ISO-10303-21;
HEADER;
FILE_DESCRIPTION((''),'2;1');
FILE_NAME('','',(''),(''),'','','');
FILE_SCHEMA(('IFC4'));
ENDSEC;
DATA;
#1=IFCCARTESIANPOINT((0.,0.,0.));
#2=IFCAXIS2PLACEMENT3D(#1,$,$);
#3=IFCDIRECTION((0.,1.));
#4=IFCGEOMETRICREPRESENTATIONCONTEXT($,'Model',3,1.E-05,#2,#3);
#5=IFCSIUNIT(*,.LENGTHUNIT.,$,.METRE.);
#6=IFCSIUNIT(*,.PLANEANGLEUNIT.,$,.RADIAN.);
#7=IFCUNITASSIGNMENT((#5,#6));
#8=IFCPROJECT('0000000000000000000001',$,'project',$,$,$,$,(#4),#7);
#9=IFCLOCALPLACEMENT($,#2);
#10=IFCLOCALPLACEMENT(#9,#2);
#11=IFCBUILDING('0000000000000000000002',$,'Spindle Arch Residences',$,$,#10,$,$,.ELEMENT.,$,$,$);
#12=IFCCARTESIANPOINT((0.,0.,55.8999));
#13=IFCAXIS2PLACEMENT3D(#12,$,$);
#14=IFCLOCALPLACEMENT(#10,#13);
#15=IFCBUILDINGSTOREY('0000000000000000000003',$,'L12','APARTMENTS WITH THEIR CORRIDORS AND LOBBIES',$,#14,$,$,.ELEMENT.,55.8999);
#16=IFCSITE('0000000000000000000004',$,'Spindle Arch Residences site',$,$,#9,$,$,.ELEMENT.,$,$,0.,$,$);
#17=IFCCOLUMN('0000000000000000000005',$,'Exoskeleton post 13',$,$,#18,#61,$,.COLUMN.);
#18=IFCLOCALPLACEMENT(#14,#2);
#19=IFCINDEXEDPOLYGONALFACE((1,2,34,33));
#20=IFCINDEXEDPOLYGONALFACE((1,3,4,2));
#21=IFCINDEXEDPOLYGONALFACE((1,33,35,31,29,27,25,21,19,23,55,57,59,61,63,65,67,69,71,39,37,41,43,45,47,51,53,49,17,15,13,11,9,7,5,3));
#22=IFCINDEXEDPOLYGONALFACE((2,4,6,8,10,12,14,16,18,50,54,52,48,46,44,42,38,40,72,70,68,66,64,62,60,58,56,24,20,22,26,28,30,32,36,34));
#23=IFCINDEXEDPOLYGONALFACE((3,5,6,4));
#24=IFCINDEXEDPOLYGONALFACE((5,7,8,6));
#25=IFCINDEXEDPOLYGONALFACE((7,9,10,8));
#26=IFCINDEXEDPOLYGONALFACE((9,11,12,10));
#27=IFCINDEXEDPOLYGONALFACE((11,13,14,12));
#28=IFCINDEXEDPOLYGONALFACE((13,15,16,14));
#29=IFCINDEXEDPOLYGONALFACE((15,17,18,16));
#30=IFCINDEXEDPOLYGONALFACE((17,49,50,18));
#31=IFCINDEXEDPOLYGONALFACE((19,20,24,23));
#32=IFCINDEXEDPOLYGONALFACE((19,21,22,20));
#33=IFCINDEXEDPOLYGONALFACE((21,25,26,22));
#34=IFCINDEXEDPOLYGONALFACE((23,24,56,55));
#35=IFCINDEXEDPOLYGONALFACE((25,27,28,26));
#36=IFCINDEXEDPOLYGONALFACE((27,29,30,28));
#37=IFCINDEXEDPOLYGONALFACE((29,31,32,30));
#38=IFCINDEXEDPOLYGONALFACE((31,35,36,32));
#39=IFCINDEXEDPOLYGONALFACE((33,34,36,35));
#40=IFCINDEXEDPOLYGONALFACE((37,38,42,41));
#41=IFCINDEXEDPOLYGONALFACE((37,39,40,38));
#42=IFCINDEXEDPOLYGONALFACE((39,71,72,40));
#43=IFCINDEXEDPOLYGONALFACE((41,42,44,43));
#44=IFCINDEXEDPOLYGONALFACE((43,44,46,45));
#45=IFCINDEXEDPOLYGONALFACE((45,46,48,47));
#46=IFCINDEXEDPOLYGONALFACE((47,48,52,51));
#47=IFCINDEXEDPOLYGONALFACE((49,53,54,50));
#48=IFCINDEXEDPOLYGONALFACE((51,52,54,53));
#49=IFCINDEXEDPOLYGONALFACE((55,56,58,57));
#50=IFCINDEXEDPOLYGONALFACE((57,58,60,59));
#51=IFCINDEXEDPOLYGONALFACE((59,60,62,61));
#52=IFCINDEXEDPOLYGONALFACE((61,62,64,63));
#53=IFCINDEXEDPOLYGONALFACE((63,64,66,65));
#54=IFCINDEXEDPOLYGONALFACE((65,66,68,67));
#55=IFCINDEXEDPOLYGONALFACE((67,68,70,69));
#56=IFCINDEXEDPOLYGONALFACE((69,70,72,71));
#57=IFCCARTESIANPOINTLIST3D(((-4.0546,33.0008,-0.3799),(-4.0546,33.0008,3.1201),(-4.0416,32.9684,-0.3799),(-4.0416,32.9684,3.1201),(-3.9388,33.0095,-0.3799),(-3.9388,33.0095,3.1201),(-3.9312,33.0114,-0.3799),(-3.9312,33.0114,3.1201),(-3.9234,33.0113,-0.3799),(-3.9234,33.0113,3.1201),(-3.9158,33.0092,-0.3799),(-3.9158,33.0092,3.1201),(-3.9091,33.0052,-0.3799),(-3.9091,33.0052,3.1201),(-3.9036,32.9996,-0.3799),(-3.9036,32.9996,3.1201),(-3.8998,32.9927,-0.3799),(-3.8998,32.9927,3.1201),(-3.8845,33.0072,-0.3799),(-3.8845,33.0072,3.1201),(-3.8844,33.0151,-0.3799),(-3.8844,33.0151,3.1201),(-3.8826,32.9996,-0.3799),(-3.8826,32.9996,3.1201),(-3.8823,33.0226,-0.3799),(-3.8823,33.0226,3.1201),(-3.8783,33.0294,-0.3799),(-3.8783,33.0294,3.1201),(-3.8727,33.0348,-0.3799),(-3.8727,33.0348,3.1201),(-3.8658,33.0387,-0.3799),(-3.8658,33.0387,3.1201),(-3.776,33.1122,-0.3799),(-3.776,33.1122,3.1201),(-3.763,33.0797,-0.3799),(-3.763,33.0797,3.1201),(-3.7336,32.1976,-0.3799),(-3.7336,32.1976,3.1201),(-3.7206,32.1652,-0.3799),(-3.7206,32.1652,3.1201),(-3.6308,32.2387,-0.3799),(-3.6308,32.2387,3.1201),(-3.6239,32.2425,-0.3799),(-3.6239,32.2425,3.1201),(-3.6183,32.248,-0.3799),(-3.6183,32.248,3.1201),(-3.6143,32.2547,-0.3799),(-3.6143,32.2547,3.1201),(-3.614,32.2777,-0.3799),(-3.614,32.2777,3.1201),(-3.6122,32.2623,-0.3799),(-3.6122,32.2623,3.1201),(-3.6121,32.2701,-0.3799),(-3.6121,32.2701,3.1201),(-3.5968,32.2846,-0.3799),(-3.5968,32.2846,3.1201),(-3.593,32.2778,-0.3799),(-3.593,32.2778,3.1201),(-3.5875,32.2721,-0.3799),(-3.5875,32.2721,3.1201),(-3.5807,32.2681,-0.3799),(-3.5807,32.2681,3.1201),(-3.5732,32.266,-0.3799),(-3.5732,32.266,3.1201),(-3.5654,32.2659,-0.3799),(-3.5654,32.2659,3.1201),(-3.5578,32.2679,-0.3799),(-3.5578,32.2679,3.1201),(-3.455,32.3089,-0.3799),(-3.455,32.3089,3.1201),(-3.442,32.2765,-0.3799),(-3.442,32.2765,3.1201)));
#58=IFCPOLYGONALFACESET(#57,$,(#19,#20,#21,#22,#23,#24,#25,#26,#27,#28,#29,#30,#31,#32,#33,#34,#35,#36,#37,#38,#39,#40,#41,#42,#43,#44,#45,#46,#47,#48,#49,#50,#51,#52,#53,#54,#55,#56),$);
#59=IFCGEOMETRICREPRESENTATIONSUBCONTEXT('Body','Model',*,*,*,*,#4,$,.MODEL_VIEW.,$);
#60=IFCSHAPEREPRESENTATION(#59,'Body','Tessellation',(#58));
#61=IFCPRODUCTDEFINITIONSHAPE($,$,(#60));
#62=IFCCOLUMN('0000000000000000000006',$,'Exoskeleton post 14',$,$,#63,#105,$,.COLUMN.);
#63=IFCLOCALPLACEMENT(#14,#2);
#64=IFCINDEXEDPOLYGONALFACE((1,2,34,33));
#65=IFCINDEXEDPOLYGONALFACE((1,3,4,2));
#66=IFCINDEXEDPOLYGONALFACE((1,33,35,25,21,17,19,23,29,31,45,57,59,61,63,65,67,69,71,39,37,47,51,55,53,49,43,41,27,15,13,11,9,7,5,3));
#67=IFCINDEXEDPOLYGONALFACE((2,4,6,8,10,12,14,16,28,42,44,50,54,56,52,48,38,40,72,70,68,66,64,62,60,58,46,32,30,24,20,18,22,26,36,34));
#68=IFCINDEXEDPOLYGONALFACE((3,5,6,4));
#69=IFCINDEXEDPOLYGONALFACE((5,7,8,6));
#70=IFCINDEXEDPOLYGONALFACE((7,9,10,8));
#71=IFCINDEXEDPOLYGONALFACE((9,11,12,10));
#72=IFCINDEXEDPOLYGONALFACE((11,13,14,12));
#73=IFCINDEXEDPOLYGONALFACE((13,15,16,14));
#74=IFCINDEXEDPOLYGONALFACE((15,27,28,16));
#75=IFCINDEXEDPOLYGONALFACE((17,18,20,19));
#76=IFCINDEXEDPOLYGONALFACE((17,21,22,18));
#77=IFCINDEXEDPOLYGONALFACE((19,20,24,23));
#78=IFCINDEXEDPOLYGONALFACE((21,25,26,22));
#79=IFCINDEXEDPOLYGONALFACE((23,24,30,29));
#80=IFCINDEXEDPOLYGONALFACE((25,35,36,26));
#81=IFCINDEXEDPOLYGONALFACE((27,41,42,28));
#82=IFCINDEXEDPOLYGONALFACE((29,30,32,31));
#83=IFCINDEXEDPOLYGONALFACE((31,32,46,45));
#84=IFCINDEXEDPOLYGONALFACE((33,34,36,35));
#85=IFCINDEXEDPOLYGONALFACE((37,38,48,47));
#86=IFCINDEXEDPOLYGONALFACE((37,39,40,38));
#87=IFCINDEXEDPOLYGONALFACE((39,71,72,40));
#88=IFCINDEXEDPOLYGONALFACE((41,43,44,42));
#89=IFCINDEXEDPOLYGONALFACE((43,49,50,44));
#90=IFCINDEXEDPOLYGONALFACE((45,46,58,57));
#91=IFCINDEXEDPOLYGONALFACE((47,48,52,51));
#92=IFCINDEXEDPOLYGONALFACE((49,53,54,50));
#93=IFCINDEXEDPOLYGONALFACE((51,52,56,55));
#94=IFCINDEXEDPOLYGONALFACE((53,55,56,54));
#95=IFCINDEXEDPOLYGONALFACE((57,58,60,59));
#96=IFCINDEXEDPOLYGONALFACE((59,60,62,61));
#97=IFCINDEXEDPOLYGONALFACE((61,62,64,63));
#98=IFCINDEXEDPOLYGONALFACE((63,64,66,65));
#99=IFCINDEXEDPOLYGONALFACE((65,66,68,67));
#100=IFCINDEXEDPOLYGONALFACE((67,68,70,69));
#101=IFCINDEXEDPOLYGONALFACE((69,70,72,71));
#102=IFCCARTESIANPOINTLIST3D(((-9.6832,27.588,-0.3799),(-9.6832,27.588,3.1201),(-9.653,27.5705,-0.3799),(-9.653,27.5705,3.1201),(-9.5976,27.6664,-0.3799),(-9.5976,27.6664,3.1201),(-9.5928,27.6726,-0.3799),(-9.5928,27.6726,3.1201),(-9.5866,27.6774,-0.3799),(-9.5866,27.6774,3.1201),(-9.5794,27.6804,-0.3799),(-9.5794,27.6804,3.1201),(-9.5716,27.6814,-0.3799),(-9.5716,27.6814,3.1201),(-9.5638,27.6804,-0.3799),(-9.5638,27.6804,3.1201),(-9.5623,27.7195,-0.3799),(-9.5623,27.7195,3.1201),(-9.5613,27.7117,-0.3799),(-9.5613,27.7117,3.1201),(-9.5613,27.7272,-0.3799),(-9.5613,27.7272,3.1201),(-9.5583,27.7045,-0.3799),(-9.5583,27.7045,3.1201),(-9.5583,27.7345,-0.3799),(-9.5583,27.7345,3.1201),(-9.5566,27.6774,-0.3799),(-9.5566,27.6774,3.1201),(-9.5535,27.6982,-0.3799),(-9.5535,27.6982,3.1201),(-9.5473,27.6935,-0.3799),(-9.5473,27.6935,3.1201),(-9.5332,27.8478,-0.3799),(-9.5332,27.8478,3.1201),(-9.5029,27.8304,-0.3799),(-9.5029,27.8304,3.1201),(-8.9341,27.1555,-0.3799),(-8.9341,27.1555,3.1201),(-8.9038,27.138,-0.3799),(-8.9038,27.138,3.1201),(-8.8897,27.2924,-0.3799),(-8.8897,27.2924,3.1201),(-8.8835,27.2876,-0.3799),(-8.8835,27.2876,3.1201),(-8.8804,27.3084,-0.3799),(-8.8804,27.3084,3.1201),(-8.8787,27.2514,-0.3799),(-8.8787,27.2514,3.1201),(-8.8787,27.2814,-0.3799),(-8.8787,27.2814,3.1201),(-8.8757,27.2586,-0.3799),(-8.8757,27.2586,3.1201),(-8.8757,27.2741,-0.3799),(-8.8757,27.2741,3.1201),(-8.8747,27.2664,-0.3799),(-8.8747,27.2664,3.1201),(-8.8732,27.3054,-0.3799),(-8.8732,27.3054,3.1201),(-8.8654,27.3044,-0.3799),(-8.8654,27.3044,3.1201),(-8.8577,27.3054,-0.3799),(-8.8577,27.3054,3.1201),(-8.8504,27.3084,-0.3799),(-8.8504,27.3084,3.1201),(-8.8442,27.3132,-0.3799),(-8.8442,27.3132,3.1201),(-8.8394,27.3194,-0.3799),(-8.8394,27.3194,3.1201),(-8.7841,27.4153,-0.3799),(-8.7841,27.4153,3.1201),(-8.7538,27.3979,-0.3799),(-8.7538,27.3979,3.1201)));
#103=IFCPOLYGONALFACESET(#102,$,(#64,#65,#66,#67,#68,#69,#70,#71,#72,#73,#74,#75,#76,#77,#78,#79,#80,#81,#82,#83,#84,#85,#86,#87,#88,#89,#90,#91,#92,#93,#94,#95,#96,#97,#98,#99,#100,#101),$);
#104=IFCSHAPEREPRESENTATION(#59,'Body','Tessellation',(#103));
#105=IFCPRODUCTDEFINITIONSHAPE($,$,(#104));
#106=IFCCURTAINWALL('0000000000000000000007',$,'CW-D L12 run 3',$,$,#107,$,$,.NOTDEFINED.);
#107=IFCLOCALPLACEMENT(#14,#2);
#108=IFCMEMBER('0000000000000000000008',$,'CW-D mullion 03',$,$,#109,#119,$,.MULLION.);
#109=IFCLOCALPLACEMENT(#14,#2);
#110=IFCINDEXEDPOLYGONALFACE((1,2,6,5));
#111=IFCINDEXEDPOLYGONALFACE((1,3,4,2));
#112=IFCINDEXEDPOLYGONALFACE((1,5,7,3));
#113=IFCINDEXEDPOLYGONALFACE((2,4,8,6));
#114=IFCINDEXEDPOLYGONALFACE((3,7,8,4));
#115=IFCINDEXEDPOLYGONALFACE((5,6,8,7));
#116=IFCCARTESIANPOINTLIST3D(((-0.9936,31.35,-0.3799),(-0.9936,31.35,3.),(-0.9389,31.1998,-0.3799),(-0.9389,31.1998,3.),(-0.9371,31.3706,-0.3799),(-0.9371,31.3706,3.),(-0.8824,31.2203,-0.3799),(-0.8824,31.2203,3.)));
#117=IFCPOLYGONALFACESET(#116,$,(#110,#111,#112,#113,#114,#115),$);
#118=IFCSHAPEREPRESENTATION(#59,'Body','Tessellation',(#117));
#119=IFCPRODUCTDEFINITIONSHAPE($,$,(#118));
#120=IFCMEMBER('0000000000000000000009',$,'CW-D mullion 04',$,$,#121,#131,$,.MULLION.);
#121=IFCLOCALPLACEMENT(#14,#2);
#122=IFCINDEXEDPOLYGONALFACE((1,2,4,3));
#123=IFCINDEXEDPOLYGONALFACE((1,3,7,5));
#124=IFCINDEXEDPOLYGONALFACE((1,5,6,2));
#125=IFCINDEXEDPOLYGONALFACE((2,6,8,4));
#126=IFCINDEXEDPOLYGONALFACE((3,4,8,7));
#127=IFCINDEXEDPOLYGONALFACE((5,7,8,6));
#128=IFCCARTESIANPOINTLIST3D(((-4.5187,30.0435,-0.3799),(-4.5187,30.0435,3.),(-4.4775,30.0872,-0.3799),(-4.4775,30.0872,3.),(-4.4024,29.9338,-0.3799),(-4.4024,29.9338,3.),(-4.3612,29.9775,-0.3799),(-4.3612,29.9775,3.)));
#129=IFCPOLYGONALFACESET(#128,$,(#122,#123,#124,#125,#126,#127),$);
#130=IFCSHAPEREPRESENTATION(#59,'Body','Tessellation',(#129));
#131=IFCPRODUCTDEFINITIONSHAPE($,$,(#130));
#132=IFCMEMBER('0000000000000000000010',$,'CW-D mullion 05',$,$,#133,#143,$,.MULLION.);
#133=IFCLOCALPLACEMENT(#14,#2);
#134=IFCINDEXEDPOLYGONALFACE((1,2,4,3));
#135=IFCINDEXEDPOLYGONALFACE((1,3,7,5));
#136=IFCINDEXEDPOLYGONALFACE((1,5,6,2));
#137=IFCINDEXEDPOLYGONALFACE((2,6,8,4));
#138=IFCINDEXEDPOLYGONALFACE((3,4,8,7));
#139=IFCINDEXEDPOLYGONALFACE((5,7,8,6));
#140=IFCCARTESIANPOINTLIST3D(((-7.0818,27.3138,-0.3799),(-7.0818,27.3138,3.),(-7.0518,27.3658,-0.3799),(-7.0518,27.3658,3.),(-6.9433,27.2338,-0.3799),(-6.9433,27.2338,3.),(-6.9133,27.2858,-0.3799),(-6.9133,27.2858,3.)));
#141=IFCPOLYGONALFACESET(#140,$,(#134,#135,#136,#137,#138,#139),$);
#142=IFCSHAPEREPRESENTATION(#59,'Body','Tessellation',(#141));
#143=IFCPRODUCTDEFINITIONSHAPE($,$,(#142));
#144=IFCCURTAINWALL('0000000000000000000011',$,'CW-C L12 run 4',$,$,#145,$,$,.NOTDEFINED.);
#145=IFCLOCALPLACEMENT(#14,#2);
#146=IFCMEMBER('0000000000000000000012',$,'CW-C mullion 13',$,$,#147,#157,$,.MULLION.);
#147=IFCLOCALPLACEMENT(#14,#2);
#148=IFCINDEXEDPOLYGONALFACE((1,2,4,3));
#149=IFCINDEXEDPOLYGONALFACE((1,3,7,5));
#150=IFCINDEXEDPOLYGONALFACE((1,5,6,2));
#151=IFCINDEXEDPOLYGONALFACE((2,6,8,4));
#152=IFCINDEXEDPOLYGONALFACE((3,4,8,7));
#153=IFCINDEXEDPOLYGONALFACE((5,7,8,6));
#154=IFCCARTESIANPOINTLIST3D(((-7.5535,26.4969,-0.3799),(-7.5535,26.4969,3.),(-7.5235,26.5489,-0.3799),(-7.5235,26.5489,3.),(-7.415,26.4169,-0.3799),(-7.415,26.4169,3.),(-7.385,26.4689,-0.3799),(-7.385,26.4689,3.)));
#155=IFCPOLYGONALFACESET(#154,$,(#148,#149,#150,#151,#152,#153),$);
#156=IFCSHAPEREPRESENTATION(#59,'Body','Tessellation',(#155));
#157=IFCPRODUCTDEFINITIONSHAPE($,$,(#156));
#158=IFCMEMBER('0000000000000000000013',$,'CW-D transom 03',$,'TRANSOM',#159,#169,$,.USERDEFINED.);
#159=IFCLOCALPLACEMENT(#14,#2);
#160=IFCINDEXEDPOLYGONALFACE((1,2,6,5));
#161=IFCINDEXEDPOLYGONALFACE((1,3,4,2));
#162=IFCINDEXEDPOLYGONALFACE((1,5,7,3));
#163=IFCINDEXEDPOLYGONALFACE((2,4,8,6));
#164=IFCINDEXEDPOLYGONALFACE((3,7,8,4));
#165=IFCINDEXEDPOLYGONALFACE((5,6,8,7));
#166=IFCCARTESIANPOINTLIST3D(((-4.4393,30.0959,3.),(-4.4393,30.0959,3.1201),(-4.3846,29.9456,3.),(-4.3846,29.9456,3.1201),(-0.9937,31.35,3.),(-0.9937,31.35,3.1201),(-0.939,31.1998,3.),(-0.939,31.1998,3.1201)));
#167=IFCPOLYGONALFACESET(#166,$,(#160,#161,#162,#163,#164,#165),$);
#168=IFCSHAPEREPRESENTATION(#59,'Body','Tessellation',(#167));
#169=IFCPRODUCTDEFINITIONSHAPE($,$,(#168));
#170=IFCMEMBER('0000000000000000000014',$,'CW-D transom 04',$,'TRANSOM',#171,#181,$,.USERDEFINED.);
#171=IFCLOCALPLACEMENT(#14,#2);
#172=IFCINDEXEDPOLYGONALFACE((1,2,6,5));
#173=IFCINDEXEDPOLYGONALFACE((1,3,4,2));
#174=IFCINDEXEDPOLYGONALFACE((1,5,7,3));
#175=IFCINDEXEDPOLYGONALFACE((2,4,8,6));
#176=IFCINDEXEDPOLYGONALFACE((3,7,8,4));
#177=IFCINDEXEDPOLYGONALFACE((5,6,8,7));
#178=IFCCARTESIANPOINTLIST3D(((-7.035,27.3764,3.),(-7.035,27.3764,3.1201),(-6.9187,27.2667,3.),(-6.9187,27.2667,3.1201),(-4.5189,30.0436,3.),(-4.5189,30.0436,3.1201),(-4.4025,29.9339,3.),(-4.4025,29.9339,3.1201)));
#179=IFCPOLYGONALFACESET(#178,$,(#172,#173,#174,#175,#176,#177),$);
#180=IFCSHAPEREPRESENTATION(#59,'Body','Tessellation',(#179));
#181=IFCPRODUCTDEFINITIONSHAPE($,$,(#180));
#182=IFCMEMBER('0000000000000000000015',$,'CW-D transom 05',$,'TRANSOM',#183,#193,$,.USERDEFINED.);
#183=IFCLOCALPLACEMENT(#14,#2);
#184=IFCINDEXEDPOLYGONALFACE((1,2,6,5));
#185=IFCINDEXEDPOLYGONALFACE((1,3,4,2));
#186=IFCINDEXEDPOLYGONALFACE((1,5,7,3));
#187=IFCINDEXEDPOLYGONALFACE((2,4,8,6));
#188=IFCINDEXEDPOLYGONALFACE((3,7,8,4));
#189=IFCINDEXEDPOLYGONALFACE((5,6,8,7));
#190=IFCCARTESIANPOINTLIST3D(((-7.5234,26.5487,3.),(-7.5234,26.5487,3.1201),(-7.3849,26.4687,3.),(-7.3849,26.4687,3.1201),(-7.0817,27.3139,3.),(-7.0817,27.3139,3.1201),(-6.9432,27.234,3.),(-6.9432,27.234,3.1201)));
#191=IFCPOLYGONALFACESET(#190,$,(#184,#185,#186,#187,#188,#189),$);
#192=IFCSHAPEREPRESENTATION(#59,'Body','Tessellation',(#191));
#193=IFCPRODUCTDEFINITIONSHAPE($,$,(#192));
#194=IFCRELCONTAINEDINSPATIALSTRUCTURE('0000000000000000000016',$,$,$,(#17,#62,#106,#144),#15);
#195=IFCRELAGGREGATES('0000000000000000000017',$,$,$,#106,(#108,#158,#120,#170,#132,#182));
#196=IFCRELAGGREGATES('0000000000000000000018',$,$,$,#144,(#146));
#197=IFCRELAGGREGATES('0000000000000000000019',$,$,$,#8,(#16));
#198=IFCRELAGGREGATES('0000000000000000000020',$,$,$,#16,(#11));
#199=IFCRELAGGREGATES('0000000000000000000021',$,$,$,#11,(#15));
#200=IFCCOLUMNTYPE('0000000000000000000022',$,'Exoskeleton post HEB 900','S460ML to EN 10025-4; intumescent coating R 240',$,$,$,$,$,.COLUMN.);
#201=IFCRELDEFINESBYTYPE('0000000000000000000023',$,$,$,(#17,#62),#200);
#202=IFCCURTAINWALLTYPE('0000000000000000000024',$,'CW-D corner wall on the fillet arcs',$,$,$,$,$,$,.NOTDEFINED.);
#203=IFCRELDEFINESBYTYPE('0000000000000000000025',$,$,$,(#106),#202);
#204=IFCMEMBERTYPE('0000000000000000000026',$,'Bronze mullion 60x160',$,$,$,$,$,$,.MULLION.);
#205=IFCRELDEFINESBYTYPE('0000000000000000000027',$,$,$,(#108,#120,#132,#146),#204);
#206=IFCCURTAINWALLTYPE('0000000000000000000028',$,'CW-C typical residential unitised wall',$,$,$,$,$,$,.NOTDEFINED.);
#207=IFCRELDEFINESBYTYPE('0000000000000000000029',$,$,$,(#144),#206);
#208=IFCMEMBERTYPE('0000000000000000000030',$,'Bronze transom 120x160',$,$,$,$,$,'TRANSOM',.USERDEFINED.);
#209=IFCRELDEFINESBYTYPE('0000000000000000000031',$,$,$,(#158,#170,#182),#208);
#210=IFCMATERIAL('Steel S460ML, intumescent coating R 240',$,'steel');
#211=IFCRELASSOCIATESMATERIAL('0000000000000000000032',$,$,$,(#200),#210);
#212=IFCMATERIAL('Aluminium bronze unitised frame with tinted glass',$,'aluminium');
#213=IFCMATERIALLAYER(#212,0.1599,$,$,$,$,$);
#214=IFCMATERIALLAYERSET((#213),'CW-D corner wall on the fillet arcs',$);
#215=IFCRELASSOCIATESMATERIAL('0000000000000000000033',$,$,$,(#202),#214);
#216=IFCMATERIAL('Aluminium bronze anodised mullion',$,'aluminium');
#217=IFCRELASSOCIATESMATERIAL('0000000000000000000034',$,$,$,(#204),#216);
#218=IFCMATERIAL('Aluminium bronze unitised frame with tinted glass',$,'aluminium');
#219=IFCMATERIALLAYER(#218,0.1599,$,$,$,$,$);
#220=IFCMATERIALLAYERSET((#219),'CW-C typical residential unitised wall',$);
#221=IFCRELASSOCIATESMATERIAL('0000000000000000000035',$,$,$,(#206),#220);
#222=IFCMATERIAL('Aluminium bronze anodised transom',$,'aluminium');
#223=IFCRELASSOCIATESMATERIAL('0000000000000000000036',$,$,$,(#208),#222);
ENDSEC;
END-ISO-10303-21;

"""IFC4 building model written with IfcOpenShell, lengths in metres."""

from ifc_helpers import new_model, si_unit, direction, frame, origin, origin_2d, place, context, subcontext, project, spatial, rectangle, i_section, extrude, material, layer, layer_set, material_profile, profile_set, type_object, element, aggregate, save


model = new_model("IFC4")

# Units and contexts
model_context = context("Model", 3, precision=1e-05, world=origin(), true_north=direction((0.0, 1.0)))
body_context = subcontext(model_context, "Body", "Model", "MODEL_VIEW")
ifc_project = project(units=[si_unit("LENGTHUNIT", "METRE"), si_unit("PLANEANGLEUNIT", "RADIAN")], contexts=[model_context])

# Site, building, storey
site_placement = place(None, origin())
site = spatial("IfcSite", under=ifc_project, at=site_placement, Name="Spindle Arch Residences site", CompositionType="ELEMENT", RefElevation=0.0)
building_placement = place(site_placement, origin())
building = spatial("IfcBuilding", under=site, at=building_placement, Name="Spindle Arch Residences", CompositionType="ELEMENT")
storey_placement = place(building_placement, frame((0.0, 0.0, 55.8999)))
storey = spatial("IfcBuildingStorey", under=building, at=storey_placement, Name="L12", Description="APARTMENTS WITH THEIR CORRIDORS AND LOBBIES", CompositionType="ELEMENT", Elevation=55.8999)

# Columns
ifc_material_1 = material(Name="Steel S460ML, intumescent coating R 240", Category="steel")
ifc_material_profile_1 = material_profile(ifc_material_1, i_section(OverallWidth=0.3, OverallDepth=0.8999, WebThickness=0.0186, FlangeThickness=0.0349, FilletRadius=0.03, at=origin_2d()), Name="HEB 900")
ifc_profile_set_1 = profile_set([ifc_material_profile_1], Name="Steel S460ML, intumescent coating R 240")
column_type = type_object("IfcColumnType", Name="Exoskeleton post HEB 900", Description="S460ML to EN 10025-4; intumescent coating R 240", PredefinedType="COLUMN", material=ifc_profile_set_1)
for number, where, z_axis, x_axis, name in (
    (1, (-3.7483, 32.6387, -0.3799), (0.0, 0.0, 1.0), (0.92859, 0.371108, 0.0), "Exoskeleton post 13"),
    (2, (-9.2185, 27.4929, -0.3799), (0.0, 0.0, 1.0), (0.5, 0.866025, 0.0), "Exoskeleton post 14"),
):
    element("IfcColumn", number, at=place(storey_placement, frame(where, z_axis=z_axis, x_axis=x_axis)), inside=storey, type_object=column_type, Name=name, PredefinedType="COLUMN", context=body_context, shape_type="SweptSolid", body=[
        extrude(i_section(OverallWidth=0.3, OverallDepth=0.8999, WebThickness=0.0186, FlangeThickness=0.0349, FilletRadius=0.03, at=origin_2d()), origin(), (0.0, 0.0, 1.0), 3.5),
    ])

# Curtain wall, members
ifc_material_2 = material(Name="Aluminium bronze unitised frame with tinted glass", Category="aluminium")
ifc_layer_1 = layer(ifc_material_2, 0.1599)
ifc_layer_set_1 = layer_set([ifc_layer_1], Name="CW-D corner wall on the fillet arcs")
curtain_wall_type_1 = type_object("IfcCurtainWallType", Name="CW-D corner wall on the fillet arcs", PredefinedType="NOTDEFINED", material=ifc_layer_set_1)
curtain_wall_1_placement = place(storey_placement, origin())
curtain_wall_1 = element("IfcCurtainWall", 3, at=curtain_wall_1_placement, inside=storey, type_object=curtain_wall_type_1, Name="CW-D L12 run 3", PredefinedType="NOTDEFINED")
ifc_material_3 = material(Name="Aluminium bronze anodised mullion", Category="aluminium")
ifc_material_profile_2 = material_profile(ifc_material_3, rectangle(XDim=0.1599, YDim=0.0601, at=origin_2d()), Name="MU 60x160")
ifc_profile_set_2 = profile_set([ifc_material_profile_2], Name="Aluminium bronze anodised mullion")
member_type_1 = type_object("IfcMemberType", Name="Bronze mullion 60x160", PredefinedType="MULLION", material=ifc_profile_set_2)
member_1_placement = place(storey_placement, frame((-0.938, 31.2852, -0.3799), z_axis=(0.0, 0.0, 1.0), x_axis=(0.34202, -0.939693, 0.0)))
member_1 = element("IfcMember", 4, at=member_1_placement, type_object=member_type_1, Name="CW-D mullion 03", PredefinedType="MULLION", context=body_context, shape_type="SweptSolid", body=[
    extrude(rectangle(XDim=0.1599, YDim=0.0601, at=origin_2d()), origin(), (0.0, 0.0, 1.0), 3.3799),
])
member_2_placement = place(storey_placement, frame((-4.4399, 30.0105, -0.3799), z_axis=(0.0, 0.0, 1.0), x_axis=(0.727374, -0.686242, 0.0)))
member_2 = element("IfcMember", 5, at=member_2_placement, type_object=member_type_1, Name="CW-D mullion 04", PredefinedType="MULLION", context=body_context, shape_type="SweptSolid", body=[
    extrude(rectangle(XDim=0.1599, YDim=0.0601, at=origin_2d()), origin(), (0.0, 0.0, 1.0), 3.3799),
])
member_3_placement = place(storey_placement, frame((-6.9976, 27.2998, -0.3799), z_axis=(0.0, 0.0, 1.0), x_axis=(0.866025, -0.5, 0.0)))
member_3 = element("IfcMember", 6, at=member_3_placement, type_object=member_type_1, Name="CW-D mullion 05", PredefinedType="MULLION", context=body_context, shape_type="SweptSolid", body=[
    extrude(rectangle(XDim=0.1599, YDim=0.0601, at=origin_2d()), origin(), (0.0, 0.0, 1.0), 3.3799),
])

# Curtain wall, member
ifc_material_4 = material(Name="Aluminium bronze unitised frame with tinted glass", Category="aluminium")
ifc_layer_2 = layer(ifc_material_4, 0.1599)
ifc_layer_set_2 = layer_set([ifc_layer_2], Name="CW-C typical residential unitised wall")
curtain_wall_type_2 = type_object("IfcCurtainWallType", Name="CW-C typical residential unitised wall", PredefinedType="NOTDEFINED", material=ifc_layer_set_2)
curtain_wall_2_placement = place(storey_placement, origin())
curtain_wall_2 = element("IfcCurtainWall", 7, at=curtain_wall_2_placement, inside=storey, type_object=curtain_wall_type_2, Name="CW-C L12 run 4", PredefinedType="NOTDEFINED")
member_4_placement = place(storey_placement, frame((-7.4692, 26.4829, -0.3799), z_axis=(0.0, 0.0, 1.0), x_axis=(0.866025, -0.5, 0.0)))
member_4 = element("IfcMember", 8, at=member_4_placement, type_object=member_type_1, Name="CW-C mullion 13", PredefinedType="MULLION", context=body_context, shape_type="SweptSolid", body=[
    extrude(rectangle(XDim=0.1599, YDim=0.0601, at=origin_2d()), origin(), (0.0, 0.0, 1.0), 3.3799),
])

# Members
ifc_material_5 = material(Name="Aluminium bronze anodised transom", Category="aluminium")
ifc_material_profile_3 = material_profile(ifc_material_5, rectangle(XDim=0.1599, YDim=0.1201, at=origin_2d()), Name="TR 120x160")
ifc_profile_set_3 = profile_set([ifc_material_profile_3], Name="Aluminium bronze anodised transom")
member_type_2 = type_object("IfcMemberType", Name="Bronze transom 120x160", ElementType="TRANSOM", PredefinedType="USERDEFINED", material=ifc_profile_set_3)
member_5_placement = place(storey_placement, frame((-0.9663, 31.2749, 3.0601), z_axis=(-0.939686, -0.342037, 0.0), x_axis=(0.342037, -0.939686, 0.0)))
member_5 = element("IfcMember", 9, at=member_5_placement, type_object=member_type_2, Name="CW-D transom 03", ObjectType="TRANSOM", PredefinedType="USERDEFINED", context=body_context, shape_type="SweptSolid", body=[
    extrude(rectangle(XDim=0.1599, YDim=0.1201, at=origin_2d()), origin(), (0.0, 0.0, 1.0), 3.6667),
])
member_6_placement = place(storey_placement, frame((-4.4607, 29.9888, 3.0601), z_axis=(-0.686199, -0.727414, 0.0), x_axis=(0.727414, -0.686199, 0.0)))
member_6 = element("IfcMember", 10, at=member_6_placement, type_object=member_type_2, Name="CW-D transom 04", ObjectType="TRANSOM", PredefinedType="USERDEFINED", context=body_context, shape_type="SweptSolid", body=[
    extrude(rectangle(XDim=0.1599, YDim=0.1201, at=origin_2d()), origin(), (0.0, 0.0, 1.0), 3.6667),
])
member_7_placement = place(storey_placement, frame((-7.0125, 27.2739, 3.0601), z_axis=(-0.499914, -0.866075, 0.0), x_axis=(0.866075, -0.499914, 0.0)))
member_7 = element("IfcMember", 11, at=member_7_placement, type_object=member_type_2, Name="CW-D transom 05", ObjectType="TRANSOM", PredefinedType="USERDEFINED", context=body_context, shape_type="SweptSolid", body=[
    extrude(rectangle(XDim=0.1599, YDim=0.1201, at=origin_2d()), origin(), (0.0, 0.0, 1.0), 0.8835),
])

aggregate(curtain_wall_1, [member_1, member_5, member_2, member_6, member_3, member_7])
aggregate(curtain_wall_2, [member_4])

save(model, "model.ifc")
